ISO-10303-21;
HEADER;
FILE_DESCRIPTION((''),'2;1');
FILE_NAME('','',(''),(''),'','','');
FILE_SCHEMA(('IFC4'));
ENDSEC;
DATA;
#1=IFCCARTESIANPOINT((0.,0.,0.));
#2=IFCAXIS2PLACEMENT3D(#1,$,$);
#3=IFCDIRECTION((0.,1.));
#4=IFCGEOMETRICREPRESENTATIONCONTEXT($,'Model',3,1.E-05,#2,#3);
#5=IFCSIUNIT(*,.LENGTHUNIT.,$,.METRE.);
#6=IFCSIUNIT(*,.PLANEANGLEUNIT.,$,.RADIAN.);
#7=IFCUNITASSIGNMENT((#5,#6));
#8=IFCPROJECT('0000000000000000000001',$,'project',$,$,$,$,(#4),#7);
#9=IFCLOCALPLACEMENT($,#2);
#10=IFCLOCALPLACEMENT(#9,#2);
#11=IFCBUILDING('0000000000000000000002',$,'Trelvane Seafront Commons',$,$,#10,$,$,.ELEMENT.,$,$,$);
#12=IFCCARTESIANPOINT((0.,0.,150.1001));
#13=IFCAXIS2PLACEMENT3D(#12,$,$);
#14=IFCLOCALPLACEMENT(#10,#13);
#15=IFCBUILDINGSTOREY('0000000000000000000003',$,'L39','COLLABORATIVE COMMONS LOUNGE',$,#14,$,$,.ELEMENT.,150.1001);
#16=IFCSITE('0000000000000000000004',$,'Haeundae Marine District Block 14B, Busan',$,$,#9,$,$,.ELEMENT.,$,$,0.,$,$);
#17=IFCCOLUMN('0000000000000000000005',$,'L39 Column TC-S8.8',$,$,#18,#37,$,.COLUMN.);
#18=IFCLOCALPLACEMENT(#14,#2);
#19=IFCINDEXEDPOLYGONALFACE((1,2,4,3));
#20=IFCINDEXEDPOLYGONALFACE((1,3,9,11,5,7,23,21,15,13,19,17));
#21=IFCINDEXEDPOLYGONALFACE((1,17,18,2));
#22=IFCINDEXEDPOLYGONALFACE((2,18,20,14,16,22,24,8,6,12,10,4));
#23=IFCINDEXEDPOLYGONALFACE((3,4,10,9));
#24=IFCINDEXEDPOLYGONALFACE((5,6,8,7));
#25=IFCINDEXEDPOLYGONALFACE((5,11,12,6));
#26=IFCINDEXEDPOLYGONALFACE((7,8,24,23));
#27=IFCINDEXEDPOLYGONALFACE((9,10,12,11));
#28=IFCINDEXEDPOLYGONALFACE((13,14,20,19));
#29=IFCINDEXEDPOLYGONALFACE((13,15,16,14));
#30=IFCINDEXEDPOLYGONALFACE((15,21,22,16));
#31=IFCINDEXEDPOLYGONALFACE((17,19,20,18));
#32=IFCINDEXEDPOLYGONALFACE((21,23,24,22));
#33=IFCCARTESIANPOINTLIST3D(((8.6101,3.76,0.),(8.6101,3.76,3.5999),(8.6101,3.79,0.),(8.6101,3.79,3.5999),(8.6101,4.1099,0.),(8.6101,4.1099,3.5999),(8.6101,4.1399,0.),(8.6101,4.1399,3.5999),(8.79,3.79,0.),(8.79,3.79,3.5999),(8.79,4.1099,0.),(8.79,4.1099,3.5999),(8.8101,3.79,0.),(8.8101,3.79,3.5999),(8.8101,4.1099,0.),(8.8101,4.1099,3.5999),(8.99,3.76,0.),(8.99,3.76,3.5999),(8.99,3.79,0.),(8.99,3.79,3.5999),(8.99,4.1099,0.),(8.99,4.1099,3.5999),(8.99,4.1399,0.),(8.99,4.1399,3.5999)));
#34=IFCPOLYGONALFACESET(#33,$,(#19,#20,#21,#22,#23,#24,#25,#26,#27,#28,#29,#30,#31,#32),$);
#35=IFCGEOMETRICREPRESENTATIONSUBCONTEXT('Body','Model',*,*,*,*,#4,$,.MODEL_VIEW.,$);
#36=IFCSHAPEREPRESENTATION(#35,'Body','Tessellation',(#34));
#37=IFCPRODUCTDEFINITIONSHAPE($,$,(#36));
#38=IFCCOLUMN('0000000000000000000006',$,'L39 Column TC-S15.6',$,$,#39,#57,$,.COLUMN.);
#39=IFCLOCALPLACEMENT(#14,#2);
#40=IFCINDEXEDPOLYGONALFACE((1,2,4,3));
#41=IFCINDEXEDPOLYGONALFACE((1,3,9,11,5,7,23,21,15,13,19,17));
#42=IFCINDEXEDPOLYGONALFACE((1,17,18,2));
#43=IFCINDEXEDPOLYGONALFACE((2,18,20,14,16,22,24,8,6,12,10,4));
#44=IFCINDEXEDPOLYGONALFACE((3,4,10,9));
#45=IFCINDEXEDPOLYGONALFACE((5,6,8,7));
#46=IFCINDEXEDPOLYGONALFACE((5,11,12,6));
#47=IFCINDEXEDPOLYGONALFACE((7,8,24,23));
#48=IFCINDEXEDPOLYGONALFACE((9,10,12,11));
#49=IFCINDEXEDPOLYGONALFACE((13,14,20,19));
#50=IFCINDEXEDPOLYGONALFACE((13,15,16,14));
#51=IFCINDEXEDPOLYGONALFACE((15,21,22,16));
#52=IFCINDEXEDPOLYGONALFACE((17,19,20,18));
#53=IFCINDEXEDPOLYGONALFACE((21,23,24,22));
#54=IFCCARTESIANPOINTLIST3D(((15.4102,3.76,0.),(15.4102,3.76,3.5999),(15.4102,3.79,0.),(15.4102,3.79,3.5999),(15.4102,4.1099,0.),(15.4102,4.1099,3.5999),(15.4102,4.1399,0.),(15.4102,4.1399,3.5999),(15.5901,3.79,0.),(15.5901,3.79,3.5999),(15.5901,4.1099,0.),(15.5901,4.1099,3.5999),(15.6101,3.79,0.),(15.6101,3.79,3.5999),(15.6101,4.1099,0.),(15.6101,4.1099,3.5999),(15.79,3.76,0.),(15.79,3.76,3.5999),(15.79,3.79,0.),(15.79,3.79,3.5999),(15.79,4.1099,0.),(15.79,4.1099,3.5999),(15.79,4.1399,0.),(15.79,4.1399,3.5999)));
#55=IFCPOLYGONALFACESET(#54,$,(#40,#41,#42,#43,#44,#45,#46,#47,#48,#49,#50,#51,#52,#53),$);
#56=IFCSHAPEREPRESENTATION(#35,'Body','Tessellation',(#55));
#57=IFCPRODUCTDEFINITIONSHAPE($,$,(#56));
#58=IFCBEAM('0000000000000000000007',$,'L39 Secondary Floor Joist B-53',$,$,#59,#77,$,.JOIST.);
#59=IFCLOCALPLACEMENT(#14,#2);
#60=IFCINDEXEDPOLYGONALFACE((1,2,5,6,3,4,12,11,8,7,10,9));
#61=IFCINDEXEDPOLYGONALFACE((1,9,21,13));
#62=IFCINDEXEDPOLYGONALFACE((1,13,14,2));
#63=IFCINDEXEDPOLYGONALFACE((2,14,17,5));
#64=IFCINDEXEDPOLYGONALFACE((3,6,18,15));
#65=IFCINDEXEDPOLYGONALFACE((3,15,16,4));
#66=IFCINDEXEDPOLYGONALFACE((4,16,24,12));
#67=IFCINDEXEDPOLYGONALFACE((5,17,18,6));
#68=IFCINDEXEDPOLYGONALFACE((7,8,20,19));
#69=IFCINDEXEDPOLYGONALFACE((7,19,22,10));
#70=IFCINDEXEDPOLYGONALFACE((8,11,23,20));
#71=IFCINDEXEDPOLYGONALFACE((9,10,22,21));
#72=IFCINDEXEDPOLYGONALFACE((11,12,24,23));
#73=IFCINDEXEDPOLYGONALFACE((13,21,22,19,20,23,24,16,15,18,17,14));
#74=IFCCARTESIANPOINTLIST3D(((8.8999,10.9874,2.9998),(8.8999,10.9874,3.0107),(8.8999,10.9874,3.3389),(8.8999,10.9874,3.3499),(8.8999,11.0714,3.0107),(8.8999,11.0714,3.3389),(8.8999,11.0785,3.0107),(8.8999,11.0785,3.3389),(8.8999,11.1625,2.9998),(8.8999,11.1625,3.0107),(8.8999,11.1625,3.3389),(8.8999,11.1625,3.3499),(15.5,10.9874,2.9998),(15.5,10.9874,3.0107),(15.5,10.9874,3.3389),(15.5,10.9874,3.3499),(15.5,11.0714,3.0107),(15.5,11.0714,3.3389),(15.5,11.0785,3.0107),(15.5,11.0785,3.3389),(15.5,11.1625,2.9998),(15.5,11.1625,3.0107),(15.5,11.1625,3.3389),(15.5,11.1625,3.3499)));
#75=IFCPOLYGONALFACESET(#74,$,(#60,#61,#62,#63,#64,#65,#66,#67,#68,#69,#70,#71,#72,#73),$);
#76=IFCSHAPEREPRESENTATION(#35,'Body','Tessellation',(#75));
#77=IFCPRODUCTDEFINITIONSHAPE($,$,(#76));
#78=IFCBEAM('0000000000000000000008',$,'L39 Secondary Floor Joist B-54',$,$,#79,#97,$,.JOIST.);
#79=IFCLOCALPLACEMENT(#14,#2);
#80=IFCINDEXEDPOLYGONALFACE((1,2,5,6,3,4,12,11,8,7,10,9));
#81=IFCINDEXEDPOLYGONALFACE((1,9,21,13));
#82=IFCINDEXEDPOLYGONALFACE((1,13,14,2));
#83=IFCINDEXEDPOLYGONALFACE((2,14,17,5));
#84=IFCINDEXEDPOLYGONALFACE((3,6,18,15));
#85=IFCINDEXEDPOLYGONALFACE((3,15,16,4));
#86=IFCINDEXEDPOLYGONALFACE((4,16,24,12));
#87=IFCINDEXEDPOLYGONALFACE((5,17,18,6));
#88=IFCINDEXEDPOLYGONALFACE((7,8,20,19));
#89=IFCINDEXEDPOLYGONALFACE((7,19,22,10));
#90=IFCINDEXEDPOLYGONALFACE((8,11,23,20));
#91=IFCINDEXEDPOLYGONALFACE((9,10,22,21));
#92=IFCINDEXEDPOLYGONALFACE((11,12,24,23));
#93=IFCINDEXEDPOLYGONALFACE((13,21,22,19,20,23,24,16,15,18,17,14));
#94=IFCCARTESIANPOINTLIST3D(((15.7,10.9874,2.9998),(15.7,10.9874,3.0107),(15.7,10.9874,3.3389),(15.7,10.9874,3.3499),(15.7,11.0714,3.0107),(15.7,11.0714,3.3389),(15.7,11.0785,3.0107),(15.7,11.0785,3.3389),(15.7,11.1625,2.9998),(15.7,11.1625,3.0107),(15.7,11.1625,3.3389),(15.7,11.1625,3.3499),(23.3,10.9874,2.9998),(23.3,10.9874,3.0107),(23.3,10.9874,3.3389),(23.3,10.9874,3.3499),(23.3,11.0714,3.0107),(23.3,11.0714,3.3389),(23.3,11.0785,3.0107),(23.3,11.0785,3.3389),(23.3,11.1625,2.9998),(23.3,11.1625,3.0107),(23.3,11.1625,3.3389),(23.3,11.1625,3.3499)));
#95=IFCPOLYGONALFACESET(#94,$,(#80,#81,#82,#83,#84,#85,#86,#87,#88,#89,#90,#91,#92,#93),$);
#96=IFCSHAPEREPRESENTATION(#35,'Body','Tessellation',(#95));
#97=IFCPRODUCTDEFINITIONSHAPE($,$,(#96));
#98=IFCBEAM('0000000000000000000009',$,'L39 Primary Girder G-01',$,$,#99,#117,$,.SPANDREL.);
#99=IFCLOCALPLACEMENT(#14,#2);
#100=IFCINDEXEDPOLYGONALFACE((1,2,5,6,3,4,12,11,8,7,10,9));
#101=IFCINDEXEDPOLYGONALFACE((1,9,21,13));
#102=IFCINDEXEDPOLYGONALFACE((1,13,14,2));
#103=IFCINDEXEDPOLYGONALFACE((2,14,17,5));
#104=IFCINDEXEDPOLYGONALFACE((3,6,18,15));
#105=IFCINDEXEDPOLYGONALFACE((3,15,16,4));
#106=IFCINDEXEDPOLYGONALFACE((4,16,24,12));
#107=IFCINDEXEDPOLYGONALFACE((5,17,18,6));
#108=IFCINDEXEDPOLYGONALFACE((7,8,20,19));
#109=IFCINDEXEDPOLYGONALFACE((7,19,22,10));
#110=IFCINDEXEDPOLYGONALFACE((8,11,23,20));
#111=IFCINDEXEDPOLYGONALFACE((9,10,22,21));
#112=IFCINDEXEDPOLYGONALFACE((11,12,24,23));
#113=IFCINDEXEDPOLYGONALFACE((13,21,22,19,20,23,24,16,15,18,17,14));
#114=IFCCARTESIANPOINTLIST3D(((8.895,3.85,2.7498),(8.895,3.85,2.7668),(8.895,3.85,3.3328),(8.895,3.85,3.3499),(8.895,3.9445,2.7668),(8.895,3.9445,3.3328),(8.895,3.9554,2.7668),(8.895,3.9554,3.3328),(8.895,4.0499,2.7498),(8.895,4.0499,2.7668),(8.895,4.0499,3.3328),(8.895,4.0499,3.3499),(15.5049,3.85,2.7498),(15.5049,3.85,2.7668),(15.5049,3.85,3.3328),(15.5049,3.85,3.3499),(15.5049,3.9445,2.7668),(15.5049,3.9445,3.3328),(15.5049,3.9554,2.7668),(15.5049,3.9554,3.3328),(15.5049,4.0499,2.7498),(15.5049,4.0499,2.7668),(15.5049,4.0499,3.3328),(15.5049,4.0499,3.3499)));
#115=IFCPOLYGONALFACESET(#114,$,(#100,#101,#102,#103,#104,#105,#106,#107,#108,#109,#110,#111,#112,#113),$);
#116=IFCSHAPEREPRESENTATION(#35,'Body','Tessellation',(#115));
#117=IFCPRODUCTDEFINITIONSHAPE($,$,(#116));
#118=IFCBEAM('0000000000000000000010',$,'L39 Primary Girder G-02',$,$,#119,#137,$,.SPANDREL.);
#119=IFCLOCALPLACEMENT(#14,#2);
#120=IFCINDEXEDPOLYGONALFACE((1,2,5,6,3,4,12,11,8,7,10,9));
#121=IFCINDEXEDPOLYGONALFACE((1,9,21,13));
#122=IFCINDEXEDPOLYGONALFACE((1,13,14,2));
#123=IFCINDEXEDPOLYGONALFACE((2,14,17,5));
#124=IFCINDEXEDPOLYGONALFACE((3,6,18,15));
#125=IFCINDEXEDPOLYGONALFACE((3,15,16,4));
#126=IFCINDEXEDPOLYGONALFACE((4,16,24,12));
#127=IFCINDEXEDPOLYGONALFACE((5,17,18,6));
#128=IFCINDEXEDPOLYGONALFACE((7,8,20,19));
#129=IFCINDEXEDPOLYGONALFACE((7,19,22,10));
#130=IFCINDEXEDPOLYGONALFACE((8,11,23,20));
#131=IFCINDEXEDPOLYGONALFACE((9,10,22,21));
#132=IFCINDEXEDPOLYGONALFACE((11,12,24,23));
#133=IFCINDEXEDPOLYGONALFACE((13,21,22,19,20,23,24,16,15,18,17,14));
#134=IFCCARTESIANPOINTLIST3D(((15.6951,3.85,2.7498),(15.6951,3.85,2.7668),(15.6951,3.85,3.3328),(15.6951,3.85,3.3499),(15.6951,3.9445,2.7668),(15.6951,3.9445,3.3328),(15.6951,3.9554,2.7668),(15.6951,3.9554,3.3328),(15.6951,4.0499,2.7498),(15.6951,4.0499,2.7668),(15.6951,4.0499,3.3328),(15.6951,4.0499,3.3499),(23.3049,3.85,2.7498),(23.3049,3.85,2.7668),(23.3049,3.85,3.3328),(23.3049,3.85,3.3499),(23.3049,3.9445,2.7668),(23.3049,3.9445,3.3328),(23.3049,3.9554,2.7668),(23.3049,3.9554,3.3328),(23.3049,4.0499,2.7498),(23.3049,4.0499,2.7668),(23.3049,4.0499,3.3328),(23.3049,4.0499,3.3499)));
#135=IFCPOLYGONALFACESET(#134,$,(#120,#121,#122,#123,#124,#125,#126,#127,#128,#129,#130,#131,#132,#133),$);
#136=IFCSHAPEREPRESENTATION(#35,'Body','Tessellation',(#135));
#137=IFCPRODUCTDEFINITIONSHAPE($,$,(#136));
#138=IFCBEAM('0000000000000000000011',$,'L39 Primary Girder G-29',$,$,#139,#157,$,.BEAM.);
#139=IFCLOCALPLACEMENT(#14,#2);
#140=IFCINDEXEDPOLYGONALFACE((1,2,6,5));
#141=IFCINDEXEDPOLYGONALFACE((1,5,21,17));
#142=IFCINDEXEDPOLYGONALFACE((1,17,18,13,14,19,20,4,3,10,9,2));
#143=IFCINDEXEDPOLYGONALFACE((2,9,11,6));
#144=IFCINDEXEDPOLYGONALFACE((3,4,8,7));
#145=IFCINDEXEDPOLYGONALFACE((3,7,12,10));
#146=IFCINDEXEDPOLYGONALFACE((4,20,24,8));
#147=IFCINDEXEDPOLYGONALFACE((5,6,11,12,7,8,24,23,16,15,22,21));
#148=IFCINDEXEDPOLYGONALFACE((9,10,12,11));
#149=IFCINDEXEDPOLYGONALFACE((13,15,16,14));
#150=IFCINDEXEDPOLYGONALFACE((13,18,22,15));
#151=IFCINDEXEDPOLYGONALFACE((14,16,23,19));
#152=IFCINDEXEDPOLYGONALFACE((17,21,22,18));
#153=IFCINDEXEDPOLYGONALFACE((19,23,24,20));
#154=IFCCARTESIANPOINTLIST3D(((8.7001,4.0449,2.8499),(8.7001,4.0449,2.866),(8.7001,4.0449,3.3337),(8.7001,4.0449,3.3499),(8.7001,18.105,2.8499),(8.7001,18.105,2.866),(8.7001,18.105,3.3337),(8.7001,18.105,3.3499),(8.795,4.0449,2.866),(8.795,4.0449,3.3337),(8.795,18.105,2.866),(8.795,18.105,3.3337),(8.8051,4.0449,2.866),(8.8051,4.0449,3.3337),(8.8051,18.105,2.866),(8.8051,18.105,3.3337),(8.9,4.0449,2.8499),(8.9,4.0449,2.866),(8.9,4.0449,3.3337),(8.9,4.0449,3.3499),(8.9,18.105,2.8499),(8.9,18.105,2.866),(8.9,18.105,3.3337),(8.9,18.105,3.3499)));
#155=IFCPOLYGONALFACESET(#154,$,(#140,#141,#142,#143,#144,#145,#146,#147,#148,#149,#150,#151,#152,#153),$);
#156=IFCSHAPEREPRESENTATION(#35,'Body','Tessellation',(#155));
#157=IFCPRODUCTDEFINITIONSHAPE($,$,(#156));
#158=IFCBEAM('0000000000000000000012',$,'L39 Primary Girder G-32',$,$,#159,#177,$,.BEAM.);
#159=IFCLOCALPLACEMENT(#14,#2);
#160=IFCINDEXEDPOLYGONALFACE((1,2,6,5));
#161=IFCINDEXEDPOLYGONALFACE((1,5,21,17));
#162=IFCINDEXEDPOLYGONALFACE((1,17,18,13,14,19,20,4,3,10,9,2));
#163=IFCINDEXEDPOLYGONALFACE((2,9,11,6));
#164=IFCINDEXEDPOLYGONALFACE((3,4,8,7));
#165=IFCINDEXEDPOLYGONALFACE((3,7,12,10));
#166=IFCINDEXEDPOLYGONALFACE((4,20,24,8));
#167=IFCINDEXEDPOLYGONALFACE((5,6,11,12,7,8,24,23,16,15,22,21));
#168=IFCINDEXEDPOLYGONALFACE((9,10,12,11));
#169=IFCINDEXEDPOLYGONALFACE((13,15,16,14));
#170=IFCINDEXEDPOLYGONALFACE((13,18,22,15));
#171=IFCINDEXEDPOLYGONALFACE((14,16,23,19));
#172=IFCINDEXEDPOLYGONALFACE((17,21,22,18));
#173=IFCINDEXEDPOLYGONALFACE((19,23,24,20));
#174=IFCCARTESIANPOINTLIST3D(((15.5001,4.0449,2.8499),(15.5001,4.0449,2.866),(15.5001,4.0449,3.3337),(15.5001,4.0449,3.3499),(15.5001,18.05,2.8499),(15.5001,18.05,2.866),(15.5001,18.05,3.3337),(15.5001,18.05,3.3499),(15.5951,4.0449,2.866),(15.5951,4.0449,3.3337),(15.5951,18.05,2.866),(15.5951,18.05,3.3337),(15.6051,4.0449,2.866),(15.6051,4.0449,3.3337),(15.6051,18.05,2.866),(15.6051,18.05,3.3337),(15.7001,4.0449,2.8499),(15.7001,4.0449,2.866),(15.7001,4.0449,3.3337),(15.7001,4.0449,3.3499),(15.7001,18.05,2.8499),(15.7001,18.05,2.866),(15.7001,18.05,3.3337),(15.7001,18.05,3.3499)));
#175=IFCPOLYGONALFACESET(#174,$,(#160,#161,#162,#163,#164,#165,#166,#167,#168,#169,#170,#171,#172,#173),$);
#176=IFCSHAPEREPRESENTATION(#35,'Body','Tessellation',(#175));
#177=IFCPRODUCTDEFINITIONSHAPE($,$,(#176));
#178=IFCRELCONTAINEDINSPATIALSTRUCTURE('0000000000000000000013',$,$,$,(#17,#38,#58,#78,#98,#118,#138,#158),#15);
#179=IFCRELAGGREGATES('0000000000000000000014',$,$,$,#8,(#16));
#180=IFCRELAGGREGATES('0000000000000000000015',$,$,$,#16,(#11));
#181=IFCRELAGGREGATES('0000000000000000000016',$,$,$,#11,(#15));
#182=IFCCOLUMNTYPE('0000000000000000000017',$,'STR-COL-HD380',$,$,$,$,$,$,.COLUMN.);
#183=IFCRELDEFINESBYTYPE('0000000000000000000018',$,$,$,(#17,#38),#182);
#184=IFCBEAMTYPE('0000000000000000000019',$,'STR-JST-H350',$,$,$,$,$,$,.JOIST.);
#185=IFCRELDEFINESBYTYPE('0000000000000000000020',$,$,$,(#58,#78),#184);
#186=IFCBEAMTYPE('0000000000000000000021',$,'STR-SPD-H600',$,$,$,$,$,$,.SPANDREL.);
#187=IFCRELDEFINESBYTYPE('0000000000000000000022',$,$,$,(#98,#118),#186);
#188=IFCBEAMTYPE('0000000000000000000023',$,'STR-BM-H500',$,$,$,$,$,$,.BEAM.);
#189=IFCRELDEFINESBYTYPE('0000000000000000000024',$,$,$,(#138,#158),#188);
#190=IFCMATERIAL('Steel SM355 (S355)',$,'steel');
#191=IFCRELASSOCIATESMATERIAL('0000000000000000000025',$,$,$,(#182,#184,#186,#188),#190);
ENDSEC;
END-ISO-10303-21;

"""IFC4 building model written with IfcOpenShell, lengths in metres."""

from ifc_helpers import new_model, si_unit, direction, frame, origin, origin_2d, place, context, subcontext, project, spatial, i_section, extrude, source, transform, mapped, material, material_profile, profile_set, type_object, element, save


model = new_model("IFC4")

# Units and contexts
model_context = context("Model", 3, precision=1e-05, world=origin(), true_north=direction((0.0, 1.0)))
body_context = subcontext(model_context, "Body", "Model", "MODEL_VIEW")
ifc_project = project(units=[si_unit("LENGTHUNIT", "METRE"), si_unit("PLANEANGLEUNIT", "RADIAN")], contexts=[model_context])

# Site, building, storey
site_placement = place(None, origin())
site = spatial("IfcSite", under=ifc_project, at=site_placement, Name="Haeundae Marine District Block 14B, Busan", CompositionType="ELEMENT", RefElevation=0.0)
building_placement = place(site_placement, origin())
building = spatial("IfcBuilding", under=site, at=building_placement, Name="Trelvane Seafront Commons", CompositionType="ELEMENT")
storey_placement = place(building_placement, frame((0.0, 0.0, 150.1001)))
storey = spatial("IfcBuildingStorey", under=building, at=storey_placement, Name="L39", Description="COLLABORATIVE COMMONS LOUNGE", CompositionType="ELEMENT", Elevation=150.1001)

# Columns
ifc_material_1 = material(Name="Steel SM355 (S355)", Category="steel")
ifc_material_profile_1 = material_profile(ifc_material_1, i_section(OverallWidth=0.3799, OverallDepth=0.3799, WebThickness=0.02, FlangeThickness=0.03, at=origin_2d()), Name="HD-380x380x20x30")
ifc_profile_set_1 = profile_set([ifc_material_profile_1], Name="Steel SM355 (S355)")
column_type = type_object("IfcColumnType", Name="STR-COL-HD380", PredefinedType="COLUMN", material=ifc_profile_set_1)
shared_shape_1 = source(origin(), body_context, "Body", "SweptSolid", [
    extrude(i_section(OverallWidth=0.3799, OverallDepth=0.3799, WebThickness=0.02, FlangeThickness=0.03, at=origin_2d()), origin(), (0.0, 0.0, 1.0), 3.5999),
])
for number, where, z_axis, x_axis, name in (
    (1, (8.8, 3.95, 0.0), (0.0, 0.0, 1.0), (1.0, 0.0, 0.0), "L39 Column TC-S8.8"),
    (2, (15.6001, 3.95, 0.0), (0.0, 0.0, 1.0), (1.0, 0.0, 0.0), "L39 Column TC-S15.6"),
):
    element("IfcColumn", number, at=place(storey_placement, frame(where, z_axis=z_axis, x_axis=x_axis)), inside=storey, type_object=column_type, Name=name, PredefinedType="COLUMN", context=body_context, shape_type="MappedRepresentation", body=[
        mapped(shared_shape_1, transform((0.0, 0.0, 0.0), x_axis=(1.0, 0.0, 0.0), y_axis=(0.0, 1.0, 0.0), z_axis=(0.0, 0.0, 1.0), scale=1.0)),
    ])

# Beams
ifc_material_profile_2 = material_profile(ifc_material_1, i_section(OverallWidth=0.175, OverallDepth=0.3501, WebThickness=0.0071, FlangeThickness=0.011, at=origin_2d()), Name="H-350x175x7x11")
ifc_profile_set_2 = profile_set([ifc_material_profile_2], Name="Steel SM355 (S355)")
beam_type_1 = type_object("IfcBeamType", Name="STR-JST-H350", PredefinedType="JOIST", material=ifc_profile_set_2)
shared_shape_2 = source(origin(), body_context, "Body", "SweptSolid", [
    extrude(i_section(OverallWidth=0.175, OverallDepth=0.3501, WebThickness=0.0071, FlangeThickness=0.011, at=origin_2d()), origin(), (0.0, 0.0, 1.0), 6.6001),
])
beam_1_placement = place(storey_placement, frame((8.8999, 11.075, 3.1748), z_axis=(1.0, 0.0, 0.0), x_axis=(0.0, 1.0, 0.0)))
element("IfcBeam", 3, at=beam_1_placement, inside=storey, type_object=beam_type_1, Name="L39 Secondary Floor Joist B-53", PredefinedType="JOIST", context=body_context, shape_type="MappedRepresentation", body=[
    mapped(shared_shape_2, transform((0.0, 0.0, 0.0), x_axis=(1.0, 0.0, 0.0), y_axis=(0.0, 1.0, 0.0), z_axis=(0.0, 0.0, 1.0), scale=1.0)),
])
shared_shape_3 = source(origin(), body_context, "Body", "SweptSolid", [
    extrude(i_section(OverallWidth=0.175, OverallDepth=0.3501, WebThickness=0.0071, FlangeThickness=0.011, at=origin_2d()), origin(), (0.0, 0.0, 1.0), 7.6001),
])
beam_2_placement = place(storey_placement, frame((15.7, 11.075, 3.1748), z_axis=(1.0, 0.0, 0.0), x_axis=(0.0, 1.0, 0.0)))
element("IfcBeam", 4, at=beam_2_placement, inside=storey, type_object=beam_type_1, Name="L39 Secondary Floor Joist B-54", PredefinedType="JOIST", context=body_context, shape_type="MappedRepresentation", body=[
    mapped(shared_shape_3, transform((0.0, 0.0, 0.0), x_axis=(1.0, 0.0, 0.0), y_axis=(0.0, 1.0, 0.0), z_axis=(0.0, 0.0, 1.0), scale=1.0)),
])
ifc_material_profile_3 = material_profile(ifc_material_1, i_section(OverallWidth=0.2, OverallDepth=0.6001, WebThickness=0.011, FlangeThickness=0.0171, at=origin_2d()), Name="H-600x200x11x17")
ifc_profile_set_3 = profile_set([ifc_material_profile_3], Name="Steel SM355 (S355)")
beam_type_2 = type_object("IfcBeamType", Name="STR-SPD-H600", PredefinedType="SPANDREL", material=ifc_profile_set_3)
shared_shape_4 = source(origin(), body_context, "Body", "SweptSolid", [
    extrude(i_section(OverallWidth=0.2, OverallDepth=0.6001, WebThickness=0.011, FlangeThickness=0.0171, at=origin_2d()), origin(), (0.0, 0.0, 1.0), 6.6099),
])
beam_3_placement = place(storey_placement, frame((8.895, 3.95, 3.0498), z_axis=(1.0, 0.0, 0.0), x_axis=(0.0, 1.0, 0.0)))
element("IfcBeam", 5, at=beam_3_placement, inside=storey, type_object=beam_type_2, Name="L39 Primary Girder G-01", PredefinedType="SPANDREL", context=body_context, shape_type="MappedRepresentation", body=[
    mapped(shared_shape_4, transform((0.0, 0.0, 0.0), x_axis=(1.0, 0.0, 0.0), y_axis=(0.0, 1.0, 0.0), z_axis=(0.0, 0.0, 1.0), scale=1.0)),
])
shared_shape_5 = source(origin(), body_context, "Body", "SweptSolid", [
    extrude(i_section(OverallWidth=0.2, OverallDepth=0.6001, WebThickness=0.011, FlangeThickness=0.0171, at=origin_2d()), origin(), (0.0, 0.0, 1.0), 7.6099),
])
beam_4_placement = place(storey_placement, frame((15.6951, 3.95, 3.0498), z_axis=(1.0, 0.0, 0.0), x_axis=(0.0, 1.0, 0.0)))
element("IfcBeam", 6, at=beam_4_placement, inside=storey, type_object=beam_type_2, Name="L39 Primary Girder G-02", PredefinedType="SPANDREL", context=body_context, shape_type="MappedRepresentation", body=[
    mapped(shared_shape_5, transform((0.0, 0.0, 0.0), x_axis=(1.0, 0.0, 0.0), y_axis=(0.0, 1.0, 0.0), z_axis=(0.0, 0.0, 1.0), scale=1.0)),
])
ifc_material_profile_4 = material_profile(ifc_material_1, i_section(OverallWidth=0.2, OverallDepth=0.5, WebThickness=0.01, FlangeThickness=0.0161, at=origin_2d()), Name="H-500x200x10x16")
ifc_profile_set_4 = profile_set([ifc_material_profile_4], Name="Steel SM355 (S355)")
beam_type_3 = type_object("IfcBeamType", Name="STR-BM-H500", PredefinedType="BEAM", material=ifc_profile_set_4)
shared_shape_6 = source(origin(), body_context, "Body", "SweptSolid", [
    extrude(i_section(OverallWidth=0.2, OverallDepth=0.5, WebThickness=0.01, FlangeThickness=0.0161, at=origin_2d()), origin(), (0.0, 0.0, 1.0), 14.0601),
])
beam_5_placement = place(storey_placement, frame((8.8, 4.0449, 3.0999), z_axis=(0.0, 1.0, 0.0), x_axis=(-1.0, 0.0, 0.0)))
element("IfcBeam", 7, at=beam_5_placement, inside=storey, type_object=beam_type_3, Name="L39 Primary Girder G-29", PredefinedType="BEAM", context=body_context, shape_type="MappedRepresentation", body=[
    mapped(shared_shape_6, transform((0.0, 0.0, 0.0), x_axis=(1.0, 0.0, 0.0), y_axis=(0.0, 1.0, 0.0), z_axis=(0.0, 0.0, 1.0), scale=1.0)),
])
shared_shape_7 = source(origin(), body_context, "Body", "SweptSolid", [
    extrude(i_section(OverallWidth=0.2, OverallDepth=0.5, WebThickness=0.01, FlangeThickness=0.0161, at=origin_2d()), origin(), (0.0, 0.0, 1.0), 14.0051),
])
beam_6_placement = place(storey_placement, frame((15.6001, 4.0449, 3.0999), z_axis=(0.0, 1.0, 0.0), x_axis=(-1.0, 0.0, 0.0)))
element("IfcBeam", 8, at=beam_6_placement, inside=storey, type_object=beam_type_3, Name="L39 Primary Girder G-32", PredefinedType="BEAM", context=body_context, shape_type="MappedRepresentation", body=[
    mapped(shared_shape_7, transform((0.0, 0.0, 0.0), x_axis=(1.0, 0.0, 0.0), y_axis=(0.0, 1.0, 0.0), z_axis=(0.0, 0.0, 1.0), scale=1.0)),
])

save(model, "model.ifc")
